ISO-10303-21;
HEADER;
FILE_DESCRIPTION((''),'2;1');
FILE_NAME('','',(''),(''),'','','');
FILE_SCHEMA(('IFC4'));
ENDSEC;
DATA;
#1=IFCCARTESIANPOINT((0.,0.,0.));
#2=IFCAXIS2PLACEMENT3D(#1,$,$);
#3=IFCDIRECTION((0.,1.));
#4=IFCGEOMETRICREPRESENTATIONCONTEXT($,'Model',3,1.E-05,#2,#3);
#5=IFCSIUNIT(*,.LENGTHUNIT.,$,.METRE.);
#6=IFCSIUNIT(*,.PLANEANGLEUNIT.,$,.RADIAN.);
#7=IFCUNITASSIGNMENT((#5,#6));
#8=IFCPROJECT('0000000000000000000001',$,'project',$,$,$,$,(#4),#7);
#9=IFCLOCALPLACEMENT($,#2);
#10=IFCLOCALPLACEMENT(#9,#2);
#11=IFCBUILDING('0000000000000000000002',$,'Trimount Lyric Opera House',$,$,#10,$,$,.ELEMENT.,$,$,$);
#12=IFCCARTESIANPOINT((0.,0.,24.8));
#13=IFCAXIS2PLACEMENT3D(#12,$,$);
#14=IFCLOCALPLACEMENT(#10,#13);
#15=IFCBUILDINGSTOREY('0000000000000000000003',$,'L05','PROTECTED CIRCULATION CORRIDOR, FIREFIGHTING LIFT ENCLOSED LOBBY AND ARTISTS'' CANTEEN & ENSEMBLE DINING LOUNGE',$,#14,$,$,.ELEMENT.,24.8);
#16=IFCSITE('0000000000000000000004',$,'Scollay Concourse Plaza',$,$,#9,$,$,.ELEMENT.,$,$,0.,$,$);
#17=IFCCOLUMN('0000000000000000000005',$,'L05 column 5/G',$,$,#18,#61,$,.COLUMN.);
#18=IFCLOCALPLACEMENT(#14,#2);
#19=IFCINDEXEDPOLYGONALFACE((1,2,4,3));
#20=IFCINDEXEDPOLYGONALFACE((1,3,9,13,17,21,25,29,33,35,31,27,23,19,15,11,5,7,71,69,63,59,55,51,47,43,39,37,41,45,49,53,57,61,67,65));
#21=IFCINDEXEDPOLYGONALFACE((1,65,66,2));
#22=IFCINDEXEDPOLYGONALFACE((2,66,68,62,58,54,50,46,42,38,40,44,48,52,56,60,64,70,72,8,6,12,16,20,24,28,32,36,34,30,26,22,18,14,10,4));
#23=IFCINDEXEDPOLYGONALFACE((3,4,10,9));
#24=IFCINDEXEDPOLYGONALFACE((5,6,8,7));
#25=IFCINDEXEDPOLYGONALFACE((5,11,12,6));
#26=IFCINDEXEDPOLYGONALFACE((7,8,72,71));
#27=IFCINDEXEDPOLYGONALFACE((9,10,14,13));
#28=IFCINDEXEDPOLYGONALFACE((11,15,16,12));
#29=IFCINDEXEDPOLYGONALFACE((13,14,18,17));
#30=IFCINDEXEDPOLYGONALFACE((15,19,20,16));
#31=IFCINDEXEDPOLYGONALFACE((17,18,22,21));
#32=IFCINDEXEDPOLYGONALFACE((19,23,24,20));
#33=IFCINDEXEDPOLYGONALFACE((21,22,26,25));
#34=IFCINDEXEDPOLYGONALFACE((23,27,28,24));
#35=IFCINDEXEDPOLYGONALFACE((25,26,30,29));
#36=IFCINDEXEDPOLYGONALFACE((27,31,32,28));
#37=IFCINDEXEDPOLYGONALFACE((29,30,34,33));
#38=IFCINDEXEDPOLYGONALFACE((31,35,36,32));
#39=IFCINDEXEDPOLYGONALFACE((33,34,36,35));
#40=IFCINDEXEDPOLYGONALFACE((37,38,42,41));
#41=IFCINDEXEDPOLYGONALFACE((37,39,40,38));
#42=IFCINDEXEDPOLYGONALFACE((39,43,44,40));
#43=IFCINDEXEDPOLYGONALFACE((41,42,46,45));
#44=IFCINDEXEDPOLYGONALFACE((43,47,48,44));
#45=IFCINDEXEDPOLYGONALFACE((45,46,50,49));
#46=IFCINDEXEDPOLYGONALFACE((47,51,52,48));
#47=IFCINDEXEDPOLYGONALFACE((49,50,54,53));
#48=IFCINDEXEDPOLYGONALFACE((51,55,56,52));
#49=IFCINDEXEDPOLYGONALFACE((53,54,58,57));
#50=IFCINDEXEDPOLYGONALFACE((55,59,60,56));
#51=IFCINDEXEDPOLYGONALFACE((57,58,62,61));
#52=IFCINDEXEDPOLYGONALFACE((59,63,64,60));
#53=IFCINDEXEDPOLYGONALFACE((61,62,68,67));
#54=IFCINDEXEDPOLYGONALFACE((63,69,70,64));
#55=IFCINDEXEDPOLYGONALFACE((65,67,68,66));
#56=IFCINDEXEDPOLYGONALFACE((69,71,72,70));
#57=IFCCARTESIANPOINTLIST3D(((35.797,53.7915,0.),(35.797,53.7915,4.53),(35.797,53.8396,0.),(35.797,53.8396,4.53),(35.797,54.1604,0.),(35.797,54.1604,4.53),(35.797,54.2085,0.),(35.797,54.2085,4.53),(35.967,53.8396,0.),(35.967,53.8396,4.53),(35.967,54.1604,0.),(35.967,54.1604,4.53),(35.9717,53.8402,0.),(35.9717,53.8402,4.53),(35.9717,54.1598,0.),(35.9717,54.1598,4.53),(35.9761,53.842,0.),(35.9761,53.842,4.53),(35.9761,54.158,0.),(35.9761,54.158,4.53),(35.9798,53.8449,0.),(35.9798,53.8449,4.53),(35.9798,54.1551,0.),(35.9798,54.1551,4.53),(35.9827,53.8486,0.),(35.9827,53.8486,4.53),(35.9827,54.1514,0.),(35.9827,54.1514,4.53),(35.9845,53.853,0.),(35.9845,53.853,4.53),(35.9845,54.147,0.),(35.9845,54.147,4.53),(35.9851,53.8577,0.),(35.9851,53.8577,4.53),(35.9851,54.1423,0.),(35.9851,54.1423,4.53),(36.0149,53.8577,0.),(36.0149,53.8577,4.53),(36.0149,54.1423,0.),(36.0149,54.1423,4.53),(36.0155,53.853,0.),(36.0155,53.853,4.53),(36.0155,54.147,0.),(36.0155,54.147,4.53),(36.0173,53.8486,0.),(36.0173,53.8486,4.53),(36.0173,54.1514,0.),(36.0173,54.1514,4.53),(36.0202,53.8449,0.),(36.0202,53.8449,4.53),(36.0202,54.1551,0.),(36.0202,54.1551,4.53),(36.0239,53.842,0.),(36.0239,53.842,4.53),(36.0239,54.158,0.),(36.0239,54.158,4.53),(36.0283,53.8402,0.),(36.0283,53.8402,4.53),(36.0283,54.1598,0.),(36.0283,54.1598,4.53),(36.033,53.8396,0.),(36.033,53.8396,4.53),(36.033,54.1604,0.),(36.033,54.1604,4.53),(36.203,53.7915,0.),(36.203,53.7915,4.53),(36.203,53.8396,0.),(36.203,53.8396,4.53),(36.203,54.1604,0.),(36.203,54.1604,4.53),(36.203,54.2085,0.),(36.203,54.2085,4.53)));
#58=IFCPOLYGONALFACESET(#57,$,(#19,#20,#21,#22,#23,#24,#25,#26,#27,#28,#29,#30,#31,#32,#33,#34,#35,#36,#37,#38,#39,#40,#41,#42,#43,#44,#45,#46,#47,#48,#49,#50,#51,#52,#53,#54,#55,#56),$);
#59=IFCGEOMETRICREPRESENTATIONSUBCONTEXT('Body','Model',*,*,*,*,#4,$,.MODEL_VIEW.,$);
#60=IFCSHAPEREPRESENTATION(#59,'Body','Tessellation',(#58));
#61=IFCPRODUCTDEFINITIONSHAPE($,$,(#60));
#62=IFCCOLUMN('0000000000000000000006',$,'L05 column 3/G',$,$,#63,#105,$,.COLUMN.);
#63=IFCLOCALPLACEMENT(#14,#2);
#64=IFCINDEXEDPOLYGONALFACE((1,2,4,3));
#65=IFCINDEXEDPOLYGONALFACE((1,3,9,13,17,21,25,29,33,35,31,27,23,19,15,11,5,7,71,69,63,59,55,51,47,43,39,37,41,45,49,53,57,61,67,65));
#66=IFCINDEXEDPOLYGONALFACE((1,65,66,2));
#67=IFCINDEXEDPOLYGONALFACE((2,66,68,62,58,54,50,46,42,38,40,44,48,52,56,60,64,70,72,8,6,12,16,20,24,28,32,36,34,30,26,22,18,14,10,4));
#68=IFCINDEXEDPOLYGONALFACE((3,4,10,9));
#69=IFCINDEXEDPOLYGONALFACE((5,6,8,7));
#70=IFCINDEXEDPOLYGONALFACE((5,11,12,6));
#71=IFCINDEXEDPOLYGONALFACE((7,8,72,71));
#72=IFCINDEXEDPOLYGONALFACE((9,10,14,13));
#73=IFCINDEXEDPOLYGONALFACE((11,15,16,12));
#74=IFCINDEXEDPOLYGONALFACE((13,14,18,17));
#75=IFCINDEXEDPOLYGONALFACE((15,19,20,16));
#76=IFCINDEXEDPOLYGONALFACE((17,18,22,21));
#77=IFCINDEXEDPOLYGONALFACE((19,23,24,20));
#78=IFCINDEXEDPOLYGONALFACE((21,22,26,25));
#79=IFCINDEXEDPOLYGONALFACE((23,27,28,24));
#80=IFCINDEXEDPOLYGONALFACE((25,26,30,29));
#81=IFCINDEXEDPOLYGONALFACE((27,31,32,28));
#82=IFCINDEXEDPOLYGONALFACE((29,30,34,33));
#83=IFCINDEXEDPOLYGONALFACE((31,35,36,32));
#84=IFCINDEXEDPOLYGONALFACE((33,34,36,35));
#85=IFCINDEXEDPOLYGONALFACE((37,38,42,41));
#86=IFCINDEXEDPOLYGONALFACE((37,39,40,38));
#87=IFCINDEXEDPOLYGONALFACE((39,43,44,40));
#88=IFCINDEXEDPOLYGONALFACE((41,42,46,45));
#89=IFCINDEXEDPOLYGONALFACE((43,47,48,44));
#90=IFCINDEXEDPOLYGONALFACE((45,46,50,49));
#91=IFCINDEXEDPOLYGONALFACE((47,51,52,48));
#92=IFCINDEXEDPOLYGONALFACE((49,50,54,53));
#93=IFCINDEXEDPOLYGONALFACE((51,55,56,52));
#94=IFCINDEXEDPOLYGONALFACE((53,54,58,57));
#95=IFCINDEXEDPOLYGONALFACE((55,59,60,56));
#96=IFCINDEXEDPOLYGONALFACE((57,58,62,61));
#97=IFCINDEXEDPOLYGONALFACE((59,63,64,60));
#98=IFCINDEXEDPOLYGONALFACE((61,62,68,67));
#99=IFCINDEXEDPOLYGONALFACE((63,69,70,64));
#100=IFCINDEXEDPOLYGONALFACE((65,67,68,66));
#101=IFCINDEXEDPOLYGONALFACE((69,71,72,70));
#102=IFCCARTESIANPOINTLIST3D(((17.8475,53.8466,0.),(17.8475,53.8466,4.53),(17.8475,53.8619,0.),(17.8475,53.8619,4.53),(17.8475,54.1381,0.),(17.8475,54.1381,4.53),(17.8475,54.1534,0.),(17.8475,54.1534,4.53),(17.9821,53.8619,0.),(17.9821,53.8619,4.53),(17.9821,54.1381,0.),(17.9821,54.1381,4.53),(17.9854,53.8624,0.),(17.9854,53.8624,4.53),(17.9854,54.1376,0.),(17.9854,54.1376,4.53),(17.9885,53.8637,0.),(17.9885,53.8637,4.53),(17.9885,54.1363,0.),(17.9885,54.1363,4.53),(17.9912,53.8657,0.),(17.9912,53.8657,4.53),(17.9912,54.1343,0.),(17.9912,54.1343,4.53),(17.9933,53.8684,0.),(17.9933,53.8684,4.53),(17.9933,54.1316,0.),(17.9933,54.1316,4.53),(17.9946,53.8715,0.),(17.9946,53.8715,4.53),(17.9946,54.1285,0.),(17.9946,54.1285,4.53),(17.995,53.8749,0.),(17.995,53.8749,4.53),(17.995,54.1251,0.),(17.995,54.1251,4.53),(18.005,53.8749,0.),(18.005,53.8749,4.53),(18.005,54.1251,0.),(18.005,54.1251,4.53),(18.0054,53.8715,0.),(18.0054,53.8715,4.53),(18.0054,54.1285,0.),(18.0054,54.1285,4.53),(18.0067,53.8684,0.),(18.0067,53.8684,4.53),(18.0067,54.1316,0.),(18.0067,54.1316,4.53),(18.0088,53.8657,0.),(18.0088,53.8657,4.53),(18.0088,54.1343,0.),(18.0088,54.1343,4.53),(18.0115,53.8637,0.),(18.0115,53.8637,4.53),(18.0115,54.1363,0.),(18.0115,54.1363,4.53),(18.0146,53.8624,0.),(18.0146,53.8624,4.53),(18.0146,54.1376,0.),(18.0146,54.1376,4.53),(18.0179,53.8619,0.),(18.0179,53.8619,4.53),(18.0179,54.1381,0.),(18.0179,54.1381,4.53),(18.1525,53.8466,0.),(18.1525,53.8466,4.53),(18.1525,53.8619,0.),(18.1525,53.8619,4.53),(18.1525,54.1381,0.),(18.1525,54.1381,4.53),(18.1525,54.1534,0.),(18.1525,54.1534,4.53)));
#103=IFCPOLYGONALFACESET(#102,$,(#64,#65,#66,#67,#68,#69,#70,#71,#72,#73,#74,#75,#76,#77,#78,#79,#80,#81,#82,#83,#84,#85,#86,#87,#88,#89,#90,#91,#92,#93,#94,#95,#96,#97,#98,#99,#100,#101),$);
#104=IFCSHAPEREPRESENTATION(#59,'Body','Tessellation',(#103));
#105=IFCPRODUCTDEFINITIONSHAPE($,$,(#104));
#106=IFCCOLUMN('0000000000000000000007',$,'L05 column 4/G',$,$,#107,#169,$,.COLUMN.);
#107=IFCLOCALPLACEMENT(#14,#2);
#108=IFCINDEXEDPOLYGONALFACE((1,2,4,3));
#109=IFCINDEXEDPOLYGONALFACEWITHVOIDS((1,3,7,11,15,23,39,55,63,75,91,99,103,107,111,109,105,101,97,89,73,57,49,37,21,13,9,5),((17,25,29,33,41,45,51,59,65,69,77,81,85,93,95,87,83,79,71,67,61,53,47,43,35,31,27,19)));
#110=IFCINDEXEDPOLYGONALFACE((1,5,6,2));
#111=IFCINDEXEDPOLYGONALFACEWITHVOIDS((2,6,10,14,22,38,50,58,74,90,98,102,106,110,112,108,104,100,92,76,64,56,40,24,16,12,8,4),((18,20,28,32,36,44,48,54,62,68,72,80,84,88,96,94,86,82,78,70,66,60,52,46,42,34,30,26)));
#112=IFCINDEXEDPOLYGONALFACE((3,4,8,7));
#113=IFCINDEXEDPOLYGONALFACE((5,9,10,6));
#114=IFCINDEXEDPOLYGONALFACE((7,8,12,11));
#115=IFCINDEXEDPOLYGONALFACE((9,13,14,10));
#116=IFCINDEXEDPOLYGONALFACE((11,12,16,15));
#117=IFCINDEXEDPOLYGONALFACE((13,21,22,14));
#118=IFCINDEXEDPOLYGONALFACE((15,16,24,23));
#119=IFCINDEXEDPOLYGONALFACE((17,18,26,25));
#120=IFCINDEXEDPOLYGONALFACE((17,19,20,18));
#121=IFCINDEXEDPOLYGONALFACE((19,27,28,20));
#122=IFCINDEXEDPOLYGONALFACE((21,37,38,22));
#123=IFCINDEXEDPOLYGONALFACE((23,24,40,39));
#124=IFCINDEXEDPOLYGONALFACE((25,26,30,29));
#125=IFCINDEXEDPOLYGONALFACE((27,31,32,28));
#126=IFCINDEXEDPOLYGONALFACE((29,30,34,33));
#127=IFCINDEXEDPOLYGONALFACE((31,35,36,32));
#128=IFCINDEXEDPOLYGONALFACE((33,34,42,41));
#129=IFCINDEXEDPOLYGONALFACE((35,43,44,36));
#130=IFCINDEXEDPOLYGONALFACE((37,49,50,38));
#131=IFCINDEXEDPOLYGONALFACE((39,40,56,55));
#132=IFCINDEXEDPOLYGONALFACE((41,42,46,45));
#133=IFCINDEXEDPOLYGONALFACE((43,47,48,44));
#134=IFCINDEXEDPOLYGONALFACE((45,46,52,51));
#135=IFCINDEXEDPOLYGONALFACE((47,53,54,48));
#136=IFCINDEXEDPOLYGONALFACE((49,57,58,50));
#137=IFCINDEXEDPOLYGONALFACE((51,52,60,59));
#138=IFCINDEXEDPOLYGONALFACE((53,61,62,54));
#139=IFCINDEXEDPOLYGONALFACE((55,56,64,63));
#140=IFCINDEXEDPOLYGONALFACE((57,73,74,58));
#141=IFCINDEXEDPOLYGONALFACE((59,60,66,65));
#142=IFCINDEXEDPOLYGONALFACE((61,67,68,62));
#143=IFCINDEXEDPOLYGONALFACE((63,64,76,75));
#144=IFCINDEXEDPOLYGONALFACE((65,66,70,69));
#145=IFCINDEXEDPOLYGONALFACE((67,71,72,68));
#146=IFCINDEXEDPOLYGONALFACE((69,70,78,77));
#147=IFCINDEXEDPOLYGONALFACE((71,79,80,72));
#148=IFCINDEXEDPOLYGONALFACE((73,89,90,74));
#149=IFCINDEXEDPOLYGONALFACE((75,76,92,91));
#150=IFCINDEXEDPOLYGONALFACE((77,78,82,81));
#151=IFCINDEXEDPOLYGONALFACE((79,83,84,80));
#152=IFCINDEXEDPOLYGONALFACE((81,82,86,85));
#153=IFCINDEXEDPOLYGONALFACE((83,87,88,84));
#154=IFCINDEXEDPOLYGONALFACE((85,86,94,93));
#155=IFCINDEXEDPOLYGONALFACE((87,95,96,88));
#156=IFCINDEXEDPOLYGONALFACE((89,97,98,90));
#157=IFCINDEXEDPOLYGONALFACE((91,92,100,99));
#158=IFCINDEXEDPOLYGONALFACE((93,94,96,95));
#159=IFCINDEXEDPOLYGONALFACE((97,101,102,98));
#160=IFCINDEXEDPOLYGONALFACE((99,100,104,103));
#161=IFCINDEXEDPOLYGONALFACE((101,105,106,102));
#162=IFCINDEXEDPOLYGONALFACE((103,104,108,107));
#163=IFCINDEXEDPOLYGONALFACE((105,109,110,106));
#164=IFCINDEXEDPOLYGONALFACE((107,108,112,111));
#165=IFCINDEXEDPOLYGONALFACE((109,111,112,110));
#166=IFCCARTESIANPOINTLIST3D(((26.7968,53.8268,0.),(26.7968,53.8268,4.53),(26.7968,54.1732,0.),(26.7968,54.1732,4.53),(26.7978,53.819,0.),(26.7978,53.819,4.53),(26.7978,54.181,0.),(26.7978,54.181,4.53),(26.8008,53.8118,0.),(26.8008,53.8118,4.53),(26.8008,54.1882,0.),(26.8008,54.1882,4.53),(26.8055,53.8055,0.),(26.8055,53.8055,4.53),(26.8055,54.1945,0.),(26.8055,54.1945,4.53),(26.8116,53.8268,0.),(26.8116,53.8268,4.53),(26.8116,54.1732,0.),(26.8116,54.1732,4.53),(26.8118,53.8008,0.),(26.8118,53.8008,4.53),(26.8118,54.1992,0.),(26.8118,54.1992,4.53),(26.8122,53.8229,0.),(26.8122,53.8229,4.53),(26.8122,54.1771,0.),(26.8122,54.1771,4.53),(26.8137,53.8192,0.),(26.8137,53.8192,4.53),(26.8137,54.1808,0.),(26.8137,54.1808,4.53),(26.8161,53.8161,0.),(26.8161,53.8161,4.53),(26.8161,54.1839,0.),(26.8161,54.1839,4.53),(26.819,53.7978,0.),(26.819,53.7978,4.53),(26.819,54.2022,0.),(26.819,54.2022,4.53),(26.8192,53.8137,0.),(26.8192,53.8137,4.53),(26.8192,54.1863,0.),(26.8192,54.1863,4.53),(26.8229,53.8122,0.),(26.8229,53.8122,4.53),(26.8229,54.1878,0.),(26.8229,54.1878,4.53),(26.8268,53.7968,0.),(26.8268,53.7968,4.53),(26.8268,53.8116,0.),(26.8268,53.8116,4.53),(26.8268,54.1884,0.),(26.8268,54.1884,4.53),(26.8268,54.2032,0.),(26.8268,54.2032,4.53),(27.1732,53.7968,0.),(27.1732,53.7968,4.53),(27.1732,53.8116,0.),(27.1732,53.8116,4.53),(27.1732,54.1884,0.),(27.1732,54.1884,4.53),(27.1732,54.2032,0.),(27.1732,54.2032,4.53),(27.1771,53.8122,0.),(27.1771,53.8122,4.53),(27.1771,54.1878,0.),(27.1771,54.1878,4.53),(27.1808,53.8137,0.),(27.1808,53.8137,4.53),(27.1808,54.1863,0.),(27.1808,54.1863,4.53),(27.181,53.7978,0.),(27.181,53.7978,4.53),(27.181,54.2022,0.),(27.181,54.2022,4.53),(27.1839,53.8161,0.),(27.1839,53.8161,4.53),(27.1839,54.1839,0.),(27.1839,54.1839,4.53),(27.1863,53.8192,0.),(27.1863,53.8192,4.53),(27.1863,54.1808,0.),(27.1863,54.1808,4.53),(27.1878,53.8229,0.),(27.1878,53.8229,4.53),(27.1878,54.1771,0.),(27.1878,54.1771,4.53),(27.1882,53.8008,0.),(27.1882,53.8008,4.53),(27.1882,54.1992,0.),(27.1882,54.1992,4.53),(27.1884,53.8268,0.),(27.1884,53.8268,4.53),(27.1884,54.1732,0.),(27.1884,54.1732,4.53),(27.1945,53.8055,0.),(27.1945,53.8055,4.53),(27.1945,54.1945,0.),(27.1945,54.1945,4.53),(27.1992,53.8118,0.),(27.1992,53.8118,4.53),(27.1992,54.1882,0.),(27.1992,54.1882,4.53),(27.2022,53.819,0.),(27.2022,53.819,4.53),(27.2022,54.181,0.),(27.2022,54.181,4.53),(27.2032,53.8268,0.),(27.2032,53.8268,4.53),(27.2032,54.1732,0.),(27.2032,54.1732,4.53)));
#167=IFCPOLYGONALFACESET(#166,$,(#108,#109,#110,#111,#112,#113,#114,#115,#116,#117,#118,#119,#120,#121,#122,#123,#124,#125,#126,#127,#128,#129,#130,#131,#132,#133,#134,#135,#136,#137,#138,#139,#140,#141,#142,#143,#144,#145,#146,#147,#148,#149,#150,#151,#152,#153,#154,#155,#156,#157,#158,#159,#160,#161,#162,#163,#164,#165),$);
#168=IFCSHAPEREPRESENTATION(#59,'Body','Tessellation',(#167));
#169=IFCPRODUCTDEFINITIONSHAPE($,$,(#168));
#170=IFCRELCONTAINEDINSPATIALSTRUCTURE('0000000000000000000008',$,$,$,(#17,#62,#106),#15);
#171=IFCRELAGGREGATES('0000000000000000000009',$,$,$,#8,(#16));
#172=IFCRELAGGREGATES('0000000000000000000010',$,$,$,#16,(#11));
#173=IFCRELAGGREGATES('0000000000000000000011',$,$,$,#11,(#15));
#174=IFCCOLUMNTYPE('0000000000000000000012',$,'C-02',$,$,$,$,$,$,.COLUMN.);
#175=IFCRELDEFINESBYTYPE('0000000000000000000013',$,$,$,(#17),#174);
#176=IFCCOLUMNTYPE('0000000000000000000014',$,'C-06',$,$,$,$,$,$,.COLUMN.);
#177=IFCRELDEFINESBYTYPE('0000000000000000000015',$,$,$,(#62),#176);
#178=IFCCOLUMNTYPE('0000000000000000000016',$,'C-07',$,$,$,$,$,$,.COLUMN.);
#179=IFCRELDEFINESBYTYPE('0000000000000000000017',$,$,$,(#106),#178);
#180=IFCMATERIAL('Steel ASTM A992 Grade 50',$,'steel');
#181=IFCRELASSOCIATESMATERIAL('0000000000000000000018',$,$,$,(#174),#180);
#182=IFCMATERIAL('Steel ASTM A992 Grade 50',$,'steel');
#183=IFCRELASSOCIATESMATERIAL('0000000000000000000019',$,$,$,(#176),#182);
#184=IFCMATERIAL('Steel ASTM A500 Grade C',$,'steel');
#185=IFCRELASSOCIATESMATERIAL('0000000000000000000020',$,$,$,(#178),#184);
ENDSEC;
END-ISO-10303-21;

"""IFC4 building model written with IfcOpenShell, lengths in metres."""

from ifc_helpers import new_model, si_unit, direction, frame, origin, origin_2d, place, context, subcontext, project, spatial, hollow_rectangle, i_section, extrude, material, material_profile, profile_set, type_object, element, save


model = new_model("IFC4")

# Units and contexts
model_context = context("Model", 3, precision=1e-05, world=origin(), true_north=direction((0.0, 1.0)))
body_context = subcontext(model_context, "Body", "Model", "MODEL_VIEW")
ifc_project = project(units=[si_unit("LENGTHUNIT", "METRE"), si_unit("PLANEANGLEUNIT", "RADIAN")], contexts=[model_context])

# Site, building, storey
site_placement = place(None, origin())
site = spatial("IfcSite", under=ifc_project, at=site_placement, Name="Scollay Concourse Plaza", CompositionType="ELEMENT", RefElevation=0.0)
building_placement = place(site_placement, origin())
building = spatial("IfcBuilding", under=site, at=building_placement, Name="Trimount Lyric Opera House", CompositionType="ELEMENT")
storey_placement = place(building_placement, frame((0.0, 0.0, 24.8)))
storey = spatial("IfcBuildingStorey", under=building, at=storey_placement, Name="L05", Description="PROTECTED CIRCULATION CORRIDOR, FIREFIGHTING LIFT ENCLOSED LOBBY AND ARTISTS' CANTEEN & ENSEMBLE DINING LOUNGE", CompositionType="ELEMENT", Elevation=24.8)

# Columns
ifc_material_1 = material(Name="Steel ASTM A992 Grade 50", Category="steel")
ifc_material_profile_1 = material_profile(ifc_material_1, i_section(OverallWidth=0.406, OverallDepth=0.417, WebThickness=0.0298, FlangeThickness=0.0481, FilletRadius=0.0181, at=origin_2d()), Name="W14X257")
ifc_profile_set_1 = profile_set([ifc_material_profile_1], Name="Steel ASTM A992 Grade 50")
column_type_1 = type_object("IfcColumnType", Name="C-02", PredefinedType="COLUMN", material=ifc_profile_set_1)
column_1_placement = place(storey_placement, frame((36.0, 54.0, 0.0), z_axis=(0.0, 0.0, 1.0), x_axis=(1.0, 0.0, 0.0)))
element("IfcColumn", 1, at=column_1_placement, inside=storey, type_object=column_type_1, Name="L05 column 5/G", PredefinedType="COLUMN", context=body_context, shape_type="SweptSolid", body=[
    extrude(i_section(OverallWidth=0.406, OverallDepth=0.417, WebThickness=0.0298, FlangeThickness=0.0481, FilletRadius=0.0181, at=origin_2d()), origin(), (0.0, 0.0, 1.0), 4.53),
])
ifc_material_2 = material(Name="Steel ASTM A992 Grade 50", Category="steel")
ifc_material_profile_2 = material_profile(ifc_material_2, i_section(OverallWidth=0.3049, OverallDepth=0.3069, WebThickness=0.01, FlangeThickness=0.0154, FilletRadius=0.0129, at=origin_2d()), Name="W12X65")
ifc_profile_set_2 = profile_set([ifc_material_profile_2], Name="Steel ASTM A992 Grade 50")
column_type_2 = type_object("IfcColumnType", Name="C-06", PredefinedType="COLUMN", material=ifc_profile_set_2)
column_2_placement = place(storey_placement, frame((18.0, 54.0, 0.0), z_axis=(0.0, 0.0, 1.0), x_axis=(1.0, 0.0, 0.0)))
element("IfcColumn", 2, at=column_2_placement, inside=storey, type_object=column_type_2, Name="L05 column 3/G", PredefinedType="COLUMN", context=body_context, shape_type="SweptSolid", body=[
    extrude(i_section(OverallWidth=0.3049, OverallDepth=0.3069, WebThickness=0.01, FlangeThickness=0.0154, FilletRadius=0.0129, at=origin_2d()), origin(), (0.0, 0.0, 1.0), 4.53),
])
ifc_material_3 = material(Name="Steel ASTM A500 Grade C", Category="steel")
ifc_material_profile_3 = material_profile(ifc_material_3, hollow_rectangle(XDim=0.4065, YDim=0.4065, WallThickness=0.0149, InnerFilletRadius=0.0151, OuterFilletRadius=0.03, at=origin_2d()), Name="HSS406.4X406.4X15.9")
ifc_profile_set_3 = profile_set([ifc_material_profile_3], Name="Steel ASTM A500 Grade C")
column_type_3 = type_object("IfcColumnType", Name="C-07", PredefinedType="COLUMN", material=ifc_profile_set_3)
column_3_placement = place(storey_placement, frame((27.0, 54.0, 0.0), z_axis=(0.0, 0.0, 1.0), x_axis=(1.0, 0.0, 0.0)))
element("IfcColumn", 3, at=column_3_placement, inside=storey, type_object=column_type_3, Name="L05 column 4/G", PredefinedType="COLUMN", context=body_context, shape_type="SweptSolid", body=[
    extrude(hollow_rectangle(XDim=0.4065, YDim=0.4065, WallThickness=0.0149, InnerFilletRadius=0.0151, OuterFilletRadius=0.03, at=origin_2d()), origin(), (0.0, 0.0, 1.0), 4.53),
])

save(model, "model.ifc")
